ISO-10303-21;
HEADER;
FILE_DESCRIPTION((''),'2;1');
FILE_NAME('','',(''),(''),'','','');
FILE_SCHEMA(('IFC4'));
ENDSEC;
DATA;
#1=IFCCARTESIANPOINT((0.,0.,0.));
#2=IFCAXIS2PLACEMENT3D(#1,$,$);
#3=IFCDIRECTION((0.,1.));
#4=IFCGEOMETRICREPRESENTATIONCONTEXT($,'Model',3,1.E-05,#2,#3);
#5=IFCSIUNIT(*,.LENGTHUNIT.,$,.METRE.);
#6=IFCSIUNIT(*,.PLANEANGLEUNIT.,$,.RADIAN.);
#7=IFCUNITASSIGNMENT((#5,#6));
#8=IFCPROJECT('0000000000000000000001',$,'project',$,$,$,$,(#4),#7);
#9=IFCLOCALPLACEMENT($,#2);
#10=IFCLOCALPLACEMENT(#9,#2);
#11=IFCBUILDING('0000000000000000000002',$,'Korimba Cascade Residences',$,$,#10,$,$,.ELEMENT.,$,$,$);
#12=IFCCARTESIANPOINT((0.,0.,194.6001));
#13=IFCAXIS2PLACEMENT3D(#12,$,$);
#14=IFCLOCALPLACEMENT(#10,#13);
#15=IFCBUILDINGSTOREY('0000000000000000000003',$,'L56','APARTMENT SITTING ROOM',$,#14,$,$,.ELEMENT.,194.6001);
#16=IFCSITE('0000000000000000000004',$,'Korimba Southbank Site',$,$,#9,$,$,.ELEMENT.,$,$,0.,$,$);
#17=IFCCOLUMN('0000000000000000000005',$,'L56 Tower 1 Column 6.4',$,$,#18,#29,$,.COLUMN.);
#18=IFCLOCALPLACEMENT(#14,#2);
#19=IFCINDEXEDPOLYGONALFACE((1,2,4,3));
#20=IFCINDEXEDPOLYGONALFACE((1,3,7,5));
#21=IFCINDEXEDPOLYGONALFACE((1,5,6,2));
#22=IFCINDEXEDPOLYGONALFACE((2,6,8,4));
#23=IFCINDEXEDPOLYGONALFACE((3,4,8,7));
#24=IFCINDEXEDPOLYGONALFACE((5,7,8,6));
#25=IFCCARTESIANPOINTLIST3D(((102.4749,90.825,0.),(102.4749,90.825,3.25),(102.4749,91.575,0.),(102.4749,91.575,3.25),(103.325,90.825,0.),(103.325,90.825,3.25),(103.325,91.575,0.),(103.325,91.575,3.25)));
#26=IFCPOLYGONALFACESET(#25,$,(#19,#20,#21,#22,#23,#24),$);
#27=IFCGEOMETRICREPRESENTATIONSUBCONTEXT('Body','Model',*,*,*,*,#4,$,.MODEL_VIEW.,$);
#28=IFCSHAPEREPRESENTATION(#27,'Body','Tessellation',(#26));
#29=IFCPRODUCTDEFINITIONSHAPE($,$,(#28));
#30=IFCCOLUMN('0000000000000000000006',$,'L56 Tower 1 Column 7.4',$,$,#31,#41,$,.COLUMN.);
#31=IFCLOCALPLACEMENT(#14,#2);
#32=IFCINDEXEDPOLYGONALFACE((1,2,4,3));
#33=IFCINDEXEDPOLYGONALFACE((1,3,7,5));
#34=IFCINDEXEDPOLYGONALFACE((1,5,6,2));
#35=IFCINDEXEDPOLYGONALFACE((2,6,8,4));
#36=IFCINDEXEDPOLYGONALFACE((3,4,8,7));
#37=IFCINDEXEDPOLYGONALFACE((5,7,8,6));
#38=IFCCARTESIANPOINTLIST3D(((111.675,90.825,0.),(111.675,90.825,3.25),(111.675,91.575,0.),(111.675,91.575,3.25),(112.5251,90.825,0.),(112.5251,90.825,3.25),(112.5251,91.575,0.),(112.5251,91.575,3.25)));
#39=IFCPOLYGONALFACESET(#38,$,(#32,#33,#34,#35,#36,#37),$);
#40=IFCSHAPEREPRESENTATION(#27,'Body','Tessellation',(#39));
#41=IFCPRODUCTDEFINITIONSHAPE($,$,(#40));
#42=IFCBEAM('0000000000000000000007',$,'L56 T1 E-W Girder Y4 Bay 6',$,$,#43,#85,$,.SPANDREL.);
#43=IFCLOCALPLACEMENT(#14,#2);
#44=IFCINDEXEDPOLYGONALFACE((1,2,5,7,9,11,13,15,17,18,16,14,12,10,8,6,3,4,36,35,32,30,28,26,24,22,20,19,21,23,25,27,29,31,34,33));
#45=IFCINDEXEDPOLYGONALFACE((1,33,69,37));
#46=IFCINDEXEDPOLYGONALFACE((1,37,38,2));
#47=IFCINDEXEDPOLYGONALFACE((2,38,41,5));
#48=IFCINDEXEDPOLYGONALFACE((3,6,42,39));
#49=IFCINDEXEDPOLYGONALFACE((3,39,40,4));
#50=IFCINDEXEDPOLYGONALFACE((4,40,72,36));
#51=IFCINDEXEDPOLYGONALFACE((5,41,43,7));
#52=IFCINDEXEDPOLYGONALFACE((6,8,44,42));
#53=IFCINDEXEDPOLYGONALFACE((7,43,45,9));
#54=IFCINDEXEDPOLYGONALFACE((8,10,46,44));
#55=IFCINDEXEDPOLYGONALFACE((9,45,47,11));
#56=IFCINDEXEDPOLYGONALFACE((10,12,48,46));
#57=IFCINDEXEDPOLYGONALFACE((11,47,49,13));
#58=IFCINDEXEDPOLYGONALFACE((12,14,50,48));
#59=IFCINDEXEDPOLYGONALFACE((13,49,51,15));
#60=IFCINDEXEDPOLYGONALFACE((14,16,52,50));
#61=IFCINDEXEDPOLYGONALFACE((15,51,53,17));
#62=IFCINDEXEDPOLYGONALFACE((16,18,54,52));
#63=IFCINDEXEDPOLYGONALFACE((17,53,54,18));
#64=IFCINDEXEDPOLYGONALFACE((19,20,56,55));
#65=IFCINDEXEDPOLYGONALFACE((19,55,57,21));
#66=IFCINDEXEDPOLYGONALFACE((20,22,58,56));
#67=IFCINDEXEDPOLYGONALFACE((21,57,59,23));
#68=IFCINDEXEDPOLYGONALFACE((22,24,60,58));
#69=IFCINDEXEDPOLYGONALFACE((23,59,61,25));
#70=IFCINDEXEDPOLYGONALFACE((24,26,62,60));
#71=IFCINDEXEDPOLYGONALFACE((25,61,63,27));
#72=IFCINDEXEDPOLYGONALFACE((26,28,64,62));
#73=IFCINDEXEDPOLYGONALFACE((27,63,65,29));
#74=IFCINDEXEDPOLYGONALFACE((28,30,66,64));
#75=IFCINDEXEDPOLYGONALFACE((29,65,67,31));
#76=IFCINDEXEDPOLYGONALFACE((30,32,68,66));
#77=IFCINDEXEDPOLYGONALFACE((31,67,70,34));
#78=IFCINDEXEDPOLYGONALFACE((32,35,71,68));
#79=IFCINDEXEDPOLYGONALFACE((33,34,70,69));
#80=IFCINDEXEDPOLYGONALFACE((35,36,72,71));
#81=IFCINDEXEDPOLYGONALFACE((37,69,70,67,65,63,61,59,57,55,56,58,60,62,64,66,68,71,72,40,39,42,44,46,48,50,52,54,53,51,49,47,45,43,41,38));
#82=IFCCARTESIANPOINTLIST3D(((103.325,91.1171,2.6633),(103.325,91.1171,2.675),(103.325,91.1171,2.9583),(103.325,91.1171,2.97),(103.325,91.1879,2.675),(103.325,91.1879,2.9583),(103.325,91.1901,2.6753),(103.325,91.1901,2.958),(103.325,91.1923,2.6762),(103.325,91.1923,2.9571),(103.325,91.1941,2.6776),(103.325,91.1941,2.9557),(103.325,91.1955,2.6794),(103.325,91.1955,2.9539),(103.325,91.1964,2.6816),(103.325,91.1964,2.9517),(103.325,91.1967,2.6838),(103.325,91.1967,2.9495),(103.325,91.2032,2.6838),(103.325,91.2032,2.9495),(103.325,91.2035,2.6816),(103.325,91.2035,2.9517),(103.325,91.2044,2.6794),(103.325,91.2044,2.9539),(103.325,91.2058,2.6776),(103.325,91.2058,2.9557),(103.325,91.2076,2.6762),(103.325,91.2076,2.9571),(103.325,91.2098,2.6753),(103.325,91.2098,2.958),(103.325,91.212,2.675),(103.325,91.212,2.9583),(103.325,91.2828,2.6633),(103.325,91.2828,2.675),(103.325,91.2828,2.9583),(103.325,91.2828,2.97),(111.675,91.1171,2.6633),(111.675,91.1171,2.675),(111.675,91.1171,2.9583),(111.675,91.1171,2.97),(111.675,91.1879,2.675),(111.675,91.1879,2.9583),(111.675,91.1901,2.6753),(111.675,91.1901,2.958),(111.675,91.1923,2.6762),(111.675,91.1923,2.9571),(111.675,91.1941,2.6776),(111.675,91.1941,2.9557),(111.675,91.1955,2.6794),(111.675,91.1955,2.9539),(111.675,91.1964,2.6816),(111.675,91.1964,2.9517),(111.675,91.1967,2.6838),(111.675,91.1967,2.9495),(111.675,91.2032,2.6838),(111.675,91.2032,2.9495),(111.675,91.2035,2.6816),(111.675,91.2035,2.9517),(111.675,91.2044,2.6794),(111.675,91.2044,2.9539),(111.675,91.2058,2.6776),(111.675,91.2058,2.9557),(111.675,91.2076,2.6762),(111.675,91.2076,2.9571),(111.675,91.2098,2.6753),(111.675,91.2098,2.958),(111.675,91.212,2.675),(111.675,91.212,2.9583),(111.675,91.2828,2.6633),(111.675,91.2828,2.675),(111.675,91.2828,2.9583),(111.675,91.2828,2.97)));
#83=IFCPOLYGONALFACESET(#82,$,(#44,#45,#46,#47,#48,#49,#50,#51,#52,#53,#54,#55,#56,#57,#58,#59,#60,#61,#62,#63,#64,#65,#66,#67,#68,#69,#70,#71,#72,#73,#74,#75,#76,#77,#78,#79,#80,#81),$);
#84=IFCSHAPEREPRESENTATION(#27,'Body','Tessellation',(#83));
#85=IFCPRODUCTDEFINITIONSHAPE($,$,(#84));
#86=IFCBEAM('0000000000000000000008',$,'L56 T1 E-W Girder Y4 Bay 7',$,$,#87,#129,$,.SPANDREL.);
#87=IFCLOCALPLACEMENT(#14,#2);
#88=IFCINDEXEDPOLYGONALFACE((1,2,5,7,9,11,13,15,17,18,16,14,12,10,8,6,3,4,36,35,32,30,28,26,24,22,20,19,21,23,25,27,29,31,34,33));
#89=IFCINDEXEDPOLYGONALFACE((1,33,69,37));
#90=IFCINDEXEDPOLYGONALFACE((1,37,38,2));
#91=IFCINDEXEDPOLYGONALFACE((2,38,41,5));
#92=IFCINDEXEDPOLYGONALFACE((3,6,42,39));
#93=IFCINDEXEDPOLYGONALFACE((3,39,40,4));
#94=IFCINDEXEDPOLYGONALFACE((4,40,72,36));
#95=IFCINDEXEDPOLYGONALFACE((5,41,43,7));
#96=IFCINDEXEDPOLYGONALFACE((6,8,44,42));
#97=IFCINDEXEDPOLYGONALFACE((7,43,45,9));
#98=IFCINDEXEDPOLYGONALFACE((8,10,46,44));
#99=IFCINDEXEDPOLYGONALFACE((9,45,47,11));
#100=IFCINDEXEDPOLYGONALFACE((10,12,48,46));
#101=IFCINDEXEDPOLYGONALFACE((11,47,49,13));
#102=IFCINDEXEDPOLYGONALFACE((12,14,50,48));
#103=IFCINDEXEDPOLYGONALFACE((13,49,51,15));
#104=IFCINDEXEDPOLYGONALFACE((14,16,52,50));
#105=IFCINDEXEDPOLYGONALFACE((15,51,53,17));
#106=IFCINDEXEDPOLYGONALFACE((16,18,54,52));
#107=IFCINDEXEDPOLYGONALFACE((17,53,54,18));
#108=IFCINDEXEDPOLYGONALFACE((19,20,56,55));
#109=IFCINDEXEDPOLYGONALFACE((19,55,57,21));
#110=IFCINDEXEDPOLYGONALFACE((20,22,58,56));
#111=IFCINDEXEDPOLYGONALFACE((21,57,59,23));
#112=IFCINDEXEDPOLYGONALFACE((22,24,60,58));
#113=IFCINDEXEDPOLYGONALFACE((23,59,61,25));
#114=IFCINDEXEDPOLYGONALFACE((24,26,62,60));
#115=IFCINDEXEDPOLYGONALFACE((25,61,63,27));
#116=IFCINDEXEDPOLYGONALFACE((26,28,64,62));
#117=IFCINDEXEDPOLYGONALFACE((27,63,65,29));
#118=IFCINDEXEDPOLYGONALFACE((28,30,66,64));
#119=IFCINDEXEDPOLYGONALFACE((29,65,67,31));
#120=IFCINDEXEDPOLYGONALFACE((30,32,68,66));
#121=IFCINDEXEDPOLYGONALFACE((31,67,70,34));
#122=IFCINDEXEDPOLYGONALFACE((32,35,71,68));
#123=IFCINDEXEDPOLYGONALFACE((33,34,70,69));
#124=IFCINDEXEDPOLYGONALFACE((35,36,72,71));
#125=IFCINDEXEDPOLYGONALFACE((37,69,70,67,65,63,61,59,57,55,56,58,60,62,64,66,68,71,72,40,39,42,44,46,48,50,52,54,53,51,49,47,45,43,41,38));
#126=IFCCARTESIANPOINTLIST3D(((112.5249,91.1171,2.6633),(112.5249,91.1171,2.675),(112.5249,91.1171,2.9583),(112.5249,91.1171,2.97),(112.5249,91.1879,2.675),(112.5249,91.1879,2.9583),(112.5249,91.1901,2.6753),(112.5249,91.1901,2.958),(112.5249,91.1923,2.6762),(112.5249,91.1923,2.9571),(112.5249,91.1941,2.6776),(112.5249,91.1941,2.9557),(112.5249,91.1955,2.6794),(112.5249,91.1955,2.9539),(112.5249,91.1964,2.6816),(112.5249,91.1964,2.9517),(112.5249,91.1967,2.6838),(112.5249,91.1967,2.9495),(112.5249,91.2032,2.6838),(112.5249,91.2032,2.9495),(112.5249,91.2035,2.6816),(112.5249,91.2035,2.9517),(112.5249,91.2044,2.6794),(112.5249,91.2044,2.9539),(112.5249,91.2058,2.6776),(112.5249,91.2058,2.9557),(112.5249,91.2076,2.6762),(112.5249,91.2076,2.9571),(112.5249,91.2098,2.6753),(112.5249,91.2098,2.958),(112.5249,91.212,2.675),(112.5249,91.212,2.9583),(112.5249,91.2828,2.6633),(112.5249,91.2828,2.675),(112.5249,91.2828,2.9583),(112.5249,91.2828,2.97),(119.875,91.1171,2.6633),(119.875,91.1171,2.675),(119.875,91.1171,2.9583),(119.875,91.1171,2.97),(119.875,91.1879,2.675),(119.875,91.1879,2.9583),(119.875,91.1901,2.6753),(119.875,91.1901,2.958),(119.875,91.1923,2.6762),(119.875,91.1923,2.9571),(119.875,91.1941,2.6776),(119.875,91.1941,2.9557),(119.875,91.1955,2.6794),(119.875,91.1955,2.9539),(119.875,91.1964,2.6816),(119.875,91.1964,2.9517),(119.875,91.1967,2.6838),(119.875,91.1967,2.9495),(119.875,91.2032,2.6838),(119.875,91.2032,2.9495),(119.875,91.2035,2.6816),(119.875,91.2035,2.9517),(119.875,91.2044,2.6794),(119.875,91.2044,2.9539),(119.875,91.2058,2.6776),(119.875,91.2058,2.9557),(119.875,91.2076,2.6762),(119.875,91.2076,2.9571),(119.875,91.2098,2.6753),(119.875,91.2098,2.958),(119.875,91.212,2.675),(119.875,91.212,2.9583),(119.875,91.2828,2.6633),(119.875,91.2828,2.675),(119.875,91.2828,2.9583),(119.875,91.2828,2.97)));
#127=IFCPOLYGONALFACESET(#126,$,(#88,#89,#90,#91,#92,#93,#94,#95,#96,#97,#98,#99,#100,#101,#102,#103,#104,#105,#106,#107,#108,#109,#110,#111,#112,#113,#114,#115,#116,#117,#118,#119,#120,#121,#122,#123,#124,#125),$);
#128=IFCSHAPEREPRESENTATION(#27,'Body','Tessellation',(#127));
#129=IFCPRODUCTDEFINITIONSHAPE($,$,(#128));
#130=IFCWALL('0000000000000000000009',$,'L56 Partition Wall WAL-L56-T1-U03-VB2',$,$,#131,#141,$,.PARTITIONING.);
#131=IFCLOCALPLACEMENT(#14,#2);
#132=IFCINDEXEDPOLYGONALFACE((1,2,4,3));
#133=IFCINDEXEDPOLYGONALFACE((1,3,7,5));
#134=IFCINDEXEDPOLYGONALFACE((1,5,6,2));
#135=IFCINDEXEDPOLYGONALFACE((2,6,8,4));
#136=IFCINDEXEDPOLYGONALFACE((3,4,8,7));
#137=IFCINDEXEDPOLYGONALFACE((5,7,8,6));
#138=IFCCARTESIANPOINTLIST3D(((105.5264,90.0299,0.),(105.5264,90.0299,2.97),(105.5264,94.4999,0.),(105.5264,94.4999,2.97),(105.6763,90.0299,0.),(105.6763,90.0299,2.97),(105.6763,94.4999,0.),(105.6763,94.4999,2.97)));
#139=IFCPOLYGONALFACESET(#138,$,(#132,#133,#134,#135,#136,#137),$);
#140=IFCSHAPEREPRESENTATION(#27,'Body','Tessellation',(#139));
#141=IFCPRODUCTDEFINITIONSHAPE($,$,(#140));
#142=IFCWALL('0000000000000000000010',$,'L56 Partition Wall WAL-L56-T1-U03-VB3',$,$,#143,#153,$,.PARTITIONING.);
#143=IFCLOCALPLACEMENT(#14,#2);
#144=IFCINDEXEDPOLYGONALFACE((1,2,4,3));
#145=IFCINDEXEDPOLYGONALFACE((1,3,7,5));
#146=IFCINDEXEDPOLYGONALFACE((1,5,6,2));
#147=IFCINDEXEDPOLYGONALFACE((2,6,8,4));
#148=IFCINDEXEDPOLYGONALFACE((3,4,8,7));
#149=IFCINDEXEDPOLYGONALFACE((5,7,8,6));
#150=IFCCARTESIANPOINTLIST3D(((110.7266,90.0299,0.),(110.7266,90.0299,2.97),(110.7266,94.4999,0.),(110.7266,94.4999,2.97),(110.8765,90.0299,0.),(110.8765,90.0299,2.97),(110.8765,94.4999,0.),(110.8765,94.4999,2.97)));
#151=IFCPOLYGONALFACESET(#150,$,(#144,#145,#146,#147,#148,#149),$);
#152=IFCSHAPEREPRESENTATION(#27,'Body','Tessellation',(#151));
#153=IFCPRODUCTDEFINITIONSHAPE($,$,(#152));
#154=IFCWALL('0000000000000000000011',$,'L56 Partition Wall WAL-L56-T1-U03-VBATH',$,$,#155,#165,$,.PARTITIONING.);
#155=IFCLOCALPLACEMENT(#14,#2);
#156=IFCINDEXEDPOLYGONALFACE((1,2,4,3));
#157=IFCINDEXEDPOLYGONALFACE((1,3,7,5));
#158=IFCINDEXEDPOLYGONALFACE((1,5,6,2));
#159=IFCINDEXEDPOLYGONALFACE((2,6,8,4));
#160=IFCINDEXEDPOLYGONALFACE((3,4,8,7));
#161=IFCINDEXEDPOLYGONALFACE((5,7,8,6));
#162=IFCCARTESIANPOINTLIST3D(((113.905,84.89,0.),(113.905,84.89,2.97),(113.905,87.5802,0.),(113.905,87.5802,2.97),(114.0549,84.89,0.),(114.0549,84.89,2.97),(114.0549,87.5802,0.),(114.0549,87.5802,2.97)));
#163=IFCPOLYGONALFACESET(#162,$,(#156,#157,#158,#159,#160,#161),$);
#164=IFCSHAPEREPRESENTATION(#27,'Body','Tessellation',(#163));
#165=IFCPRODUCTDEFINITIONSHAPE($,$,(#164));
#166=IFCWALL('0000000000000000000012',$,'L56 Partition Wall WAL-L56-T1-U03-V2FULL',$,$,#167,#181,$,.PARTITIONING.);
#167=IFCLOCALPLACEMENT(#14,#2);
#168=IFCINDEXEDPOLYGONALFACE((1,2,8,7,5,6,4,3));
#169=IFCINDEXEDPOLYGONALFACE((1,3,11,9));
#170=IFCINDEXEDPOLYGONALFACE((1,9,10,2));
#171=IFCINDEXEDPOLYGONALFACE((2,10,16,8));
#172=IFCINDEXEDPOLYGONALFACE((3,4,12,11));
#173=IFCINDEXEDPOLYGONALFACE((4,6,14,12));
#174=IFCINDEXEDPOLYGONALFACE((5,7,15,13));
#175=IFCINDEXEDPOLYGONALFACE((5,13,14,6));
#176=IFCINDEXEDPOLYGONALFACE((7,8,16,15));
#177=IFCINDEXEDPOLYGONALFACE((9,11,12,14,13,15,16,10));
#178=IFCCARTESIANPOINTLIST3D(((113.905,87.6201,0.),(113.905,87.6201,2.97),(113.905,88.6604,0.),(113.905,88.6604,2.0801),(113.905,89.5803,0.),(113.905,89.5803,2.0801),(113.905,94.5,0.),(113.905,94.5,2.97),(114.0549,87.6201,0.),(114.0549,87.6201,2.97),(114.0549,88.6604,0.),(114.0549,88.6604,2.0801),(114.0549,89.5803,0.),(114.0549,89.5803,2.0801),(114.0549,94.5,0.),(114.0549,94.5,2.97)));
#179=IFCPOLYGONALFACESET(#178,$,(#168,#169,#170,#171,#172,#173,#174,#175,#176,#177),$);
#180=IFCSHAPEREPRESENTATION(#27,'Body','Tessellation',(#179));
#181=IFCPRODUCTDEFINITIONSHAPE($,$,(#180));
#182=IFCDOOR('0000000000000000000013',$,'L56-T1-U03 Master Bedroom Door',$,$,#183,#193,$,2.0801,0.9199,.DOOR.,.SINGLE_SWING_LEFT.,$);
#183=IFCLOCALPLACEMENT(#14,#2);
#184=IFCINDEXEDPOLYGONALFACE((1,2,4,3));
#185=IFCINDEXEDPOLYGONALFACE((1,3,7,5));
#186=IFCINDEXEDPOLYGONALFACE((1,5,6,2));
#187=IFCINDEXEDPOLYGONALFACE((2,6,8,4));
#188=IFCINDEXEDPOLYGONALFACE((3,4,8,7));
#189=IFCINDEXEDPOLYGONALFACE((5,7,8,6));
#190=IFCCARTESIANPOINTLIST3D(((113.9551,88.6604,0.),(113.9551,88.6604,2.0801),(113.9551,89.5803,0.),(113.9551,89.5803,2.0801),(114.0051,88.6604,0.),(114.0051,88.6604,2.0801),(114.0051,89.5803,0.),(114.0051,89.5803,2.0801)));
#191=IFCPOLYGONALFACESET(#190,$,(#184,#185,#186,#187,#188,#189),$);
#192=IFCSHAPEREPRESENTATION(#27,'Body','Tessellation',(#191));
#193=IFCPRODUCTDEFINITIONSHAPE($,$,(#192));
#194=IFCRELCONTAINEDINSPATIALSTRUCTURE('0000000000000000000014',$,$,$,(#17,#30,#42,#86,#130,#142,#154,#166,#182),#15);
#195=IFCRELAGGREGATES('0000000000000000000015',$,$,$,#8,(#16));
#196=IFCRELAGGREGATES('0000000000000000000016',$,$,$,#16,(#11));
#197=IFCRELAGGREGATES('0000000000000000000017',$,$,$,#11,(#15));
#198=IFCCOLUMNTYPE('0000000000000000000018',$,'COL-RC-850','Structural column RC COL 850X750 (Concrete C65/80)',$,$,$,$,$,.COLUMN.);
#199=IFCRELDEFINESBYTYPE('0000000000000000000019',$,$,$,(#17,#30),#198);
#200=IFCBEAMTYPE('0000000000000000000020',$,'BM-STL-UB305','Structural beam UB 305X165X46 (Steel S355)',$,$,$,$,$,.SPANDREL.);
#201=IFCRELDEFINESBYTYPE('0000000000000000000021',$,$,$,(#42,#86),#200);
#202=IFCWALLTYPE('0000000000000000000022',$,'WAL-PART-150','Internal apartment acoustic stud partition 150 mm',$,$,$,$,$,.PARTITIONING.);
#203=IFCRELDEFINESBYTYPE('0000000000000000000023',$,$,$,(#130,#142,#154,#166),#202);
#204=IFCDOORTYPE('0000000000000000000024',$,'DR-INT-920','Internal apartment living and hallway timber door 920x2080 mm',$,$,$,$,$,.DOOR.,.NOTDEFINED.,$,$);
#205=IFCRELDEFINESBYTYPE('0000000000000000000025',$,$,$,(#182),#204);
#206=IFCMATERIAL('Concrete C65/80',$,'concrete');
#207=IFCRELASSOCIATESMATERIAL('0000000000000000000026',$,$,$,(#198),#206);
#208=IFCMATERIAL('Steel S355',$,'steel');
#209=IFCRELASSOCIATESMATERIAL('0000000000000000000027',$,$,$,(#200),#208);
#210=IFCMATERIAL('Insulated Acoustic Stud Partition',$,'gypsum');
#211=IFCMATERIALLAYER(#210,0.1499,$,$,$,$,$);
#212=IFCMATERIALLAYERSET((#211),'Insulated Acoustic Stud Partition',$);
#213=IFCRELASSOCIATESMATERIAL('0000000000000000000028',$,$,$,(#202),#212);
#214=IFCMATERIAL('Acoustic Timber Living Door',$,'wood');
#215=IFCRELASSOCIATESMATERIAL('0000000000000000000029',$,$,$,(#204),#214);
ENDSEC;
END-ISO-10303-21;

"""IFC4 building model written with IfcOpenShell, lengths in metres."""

from ifc_helpers import new_model, si_unit, direction, frame, frame_2d, origin, origin_2d, place, context, subcontext, project, spatial, rectangle, i_section, extrude, material, layer, layer_set, material_profile, profile_set, type_object, element, fill, save


model = new_model("IFC4")

# Units and contexts
model_context = context("Model", 3, precision=1e-05, world=origin(), true_north=direction((0.0, 1.0)))
body_context = subcontext(model_context, "Body", "Model", "MODEL_VIEW")
ifc_project = project(units=[si_unit("LENGTHUNIT", "METRE"), si_unit("PLANEANGLEUNIT", "RADIAN")], contexts=[model_context])

# Site, building, storey
site_placement = place(None, origin())
site = spatial("IfcSite", under=ifc_project, at=site_placement, Name="Korimba Southbank Site", CompositionType="ELEMENT", RefElevation=0.0)
building_placement = place(site_placement, origin())
building = spatial("IfcBuilding", under=site, at=building_placement, Name="Korimba Cascade Residences", CompositionType="ELEMENT")
storey_placement = place(building_placement, frame((0.0, 0.0, 194.6001)))
storey = spatial("IfcBuildingStorey", under=building, at=storey_placement, Name="L56", Description="APARTMENT SITTING ROOM", CompositionType="ELEMENT", Elevation=194.6001)

# Columns
ifc_material_1 = material(Name="Concrete C65/80", Category="concrete")
ifc_material_profile_1 = material_profile(ifc_material_1, rectangle(XDim=0.8501, YDim=0.75, at=origin_2d()), Name="Concrete C65/80")
ifc_profile_set_1 = profile_set([ifc_material_profile_1], Name="Concrete C65/80")
column_type = type_object("IfcColumnType", Name="COL-RC-850", Description="Structural column RC COL 850X750 (Concrete C65/80)", PredefinedType="COLUMN", material=ifc_profile_set_1)
for number, where, z_axis, x_axis, name in (
    (1, (102.8999, 91.2, 0.0), (0.0, 0.0, 1.0), (1.0, 0.0, 0.0), "L56 Tower 1 Column 6.4"),
    (2, (112.1001, 91.2, 0.0), (0.0, 0.0, 1.0), (1.0, 0.0, 0.0), "L56 Tower 1 Column 7.4"),
):
    element("IfcColumn", number, at=place(storey_placement, frame(where, z_axis=z_axis, x_axis=x_axis)), inside=storey, type_object=column_type, Name=name, PredefinedType="COLUMN", context=body_context, shape_type="SweptSolid", body=[
        extrude(rectangle(XDim=0.8501, YDim=0.75, at=origin_2d()), origin(), (0.0, 0.0, 1.0), 3.25),
    ])

# Beams
ifc_material_2 = material(Name="Steel S355", Category="steel")
ifc_material_profile_2 = material_profile(ifc_material_2, i_section(OverallWidth=0.1658, OverallDepth=0.3066, WebThickness=0.0066, FlangeThickness=0.0117, FilletRadius=0.0088, at=origin_2d()), Name="Steel S355")
ifc_profile_set_2 = profile_set([ifc_material_profile_2], Name="Steel S355")
beam_type = type_object("IfcBeamType", Name="BM-STL-UB305", Description="Structural beam UB 305X165X46 (Steel S355)", PredefinedType="SPANDREL", material=ifc_profile_set_2)
beam_1_placement = place(storey_placement, frame((103.325, 91.2, 2.8167), z_axis=(1.0, 0.0, 0.0), x_axis=(0.0, 1.0, 0.0)))
element("IfcBeam", 3, at=beam_1_placement, inside=storey, type_object=beam_type, Name="L56 T1 E-W Girder Y4 Bay 6", PredefinedType="SPANDREL", context=body_context, shape_type="SweptSolid", body=[
    extrude(i_section(OverallWidth=0.1658, OverallDepth=0.3066, WebThickness=0.0066, FlangeThickness=0.0117, FilletRadius=0.0088, at=origin_2d()), origin(), (0.0, 0.0, 1.0), 8.3501),
])
beam_2_placement = place(storey_placement, frame((112.5249, 91.2, 2.8167), z_axis=(1.0, 0.0, 0.0), x_axis=(0.0, 1.0, 0.0)))
element("IfcBeam", 4, at=beam_2_placement, inside=storey, type_object=beam_type, Name="L56 T1 E-W Girder Y4 Bay 7", PredefinedType="SPANDREL", context=body_context, shape_type="SweptSolid", body=[
    extrude(i_section(OverallWidth=0.1658, OverallDepth=0.3066, WebThickness=0.0066, FlangeThickness=0.0117, FilletRadius=0.0088, at=origin_2d()), origin(), (0.0, 0.0, 1.0), 7.3501),
])

# Walls
ifc_material_3 = material(Name="Insulated Acoustic Stud Partition", Category="gypsum")
ifc_layer = layer(ifc_material_3, 0.1499)
ifc_layer_set = layer_set([ifc_layer], Name="Insulated Acoustic Stud Partition")
wall_type = type_object("IfcWallType", Name="WAL-PART-150", Description="Internal apartment acoustic stud partition 150 mm", PredefinedType="PARTITIONING", material=ifc_layer_set)
for number, where, z_axis, x_axis, name in (
    (5, (105.6013, 90.03, 0.0), (0.0, 0.0, 1.0), (0.0, 1.0, 0.0), "L56 Partition Wall WAL-L56-T1-U03-VB2"),
    (6, (110.8015, 90.03, 0.0), (0.0, 0.0, 1.0), (0.0, 1.0, 0.0), "L56 Partition Wall WAL-L56-T1-U03-VB3"),
):
    element("IfcWall", number, at=place(storey_placement, frame(where, z_axis=z_axis, x_axis=x_axis)), inside=storey, type_object=wall_type, Name=name, PredefinedType="PARTITIONING", context=body_context, shape_type="SweptSolid", body=[
        extrude(rectangle(XDim=4.47, YDim=0.1499, at=frame_2d((2.2349, 0.0))), origin(), (0.0, 0.0, 1.0), 2.97),
    ])
wall_1_placement = place(storey_placement, frame((113.98, 84.8899, 0.0), z_axis=(0.0, 0.0, 1.0), x_axis=(0.0, 1.0, 0.0)))
element("IfcWall", 7, at=wall_1_placement, inside=storey, type_object=wall_type, Name="L56 Partition Wall WAL-L56-T1-U03-VBATH", PredefinedType="PARTITIONING", context=body_context, shape_type="SweptSolid", body=[
    extrude(rectangle(XDim=2.6902, YDim=0.1499, at=frame_2d((1.3452, 0.0))), origin(), (0.0, 0.0, 1.0), 2.97),
])

# Wall, opening, door
wall_2_placement = place(storey_placement, frame((113.98, 87.6201, 0.0), z_axis=(0.0, 0.0, 1.0), x_axis=(0.0, 1.0, 0.0)))
wall_2 = element("IfcWall", 8, at=wall_2_placement, inside=storey, type_object=wall_type, Name="L56 Partition Wall WAL-L56-T1-U03-V2FULL", PredefinedType="PARTITIONING", context=body_context, shape_type="SweptSolid", body=[
    extrude(rectangle(XDim=6.8799, YDim=0.1499, at=frame_2d((3.4399, 0.0))), origin(), (0.0, 0.0, 1.0), 2.97),
])
opening_1_placement = place(wall_2_placement, frame((1.0403, 0.0, 0.0)))
opening_1 = element("IfcOpeningElement", 9, at=opening_1_placement, cuts=wall_2, PredefinedType="OPENING", context=body_context, shape_type="SweptSolid", body=[
    extrude(rectangle(XDim=0.9199, YDim=2.0801, at=frame_2d((0.46, 1.04))), frame((0.0, 0.085, 0.0), z_axis=(0.0, -1.0, 0.0), x_axis=(1.0, 0.0, 0.0)), (0.0, 0.0, 1.0), 0.1699),
])
ifc_material_4 = material(Name="Acoustic Timber Living Door", Category="wood")
door_type_1 = type_object("IfcDoorType", Name="DR-INT-920", Description="Internal apartment living and hallway timber door 920x2080 mm", OperationType="NOTDEFINED", PredefinedType="DOOR", material=ifc_material_4)
door_1_placement = place(opening_1_placement, origin())
door_1 = element("IfcDoor", 10, at=door_1_placement, inside=storey, type_object=door_type_1, Name="L56-T1-U03 Master Bedroom Door", OperationType="SINGLE_SWING_LEFT", OverallHeight=2.0801, OverallWidth=0.9199, PredefinedType="DOOR", context=body_context, shape_type="SweptSolid", body=[
    extrude(rectangle(XDim=0.9199, YDim=2.0801, at=frame_2d((0.46, 1.04))), frame((0.0, 0.0249, 0.0), z_axis=(0.0, -1.0, 0.0), x_axis=(1.0, 0.0, 0.0)), (0.0, 0.0, 1.0), 0.05),
])
fill(opening_1, door_1)

save(model, "model.ifc")
